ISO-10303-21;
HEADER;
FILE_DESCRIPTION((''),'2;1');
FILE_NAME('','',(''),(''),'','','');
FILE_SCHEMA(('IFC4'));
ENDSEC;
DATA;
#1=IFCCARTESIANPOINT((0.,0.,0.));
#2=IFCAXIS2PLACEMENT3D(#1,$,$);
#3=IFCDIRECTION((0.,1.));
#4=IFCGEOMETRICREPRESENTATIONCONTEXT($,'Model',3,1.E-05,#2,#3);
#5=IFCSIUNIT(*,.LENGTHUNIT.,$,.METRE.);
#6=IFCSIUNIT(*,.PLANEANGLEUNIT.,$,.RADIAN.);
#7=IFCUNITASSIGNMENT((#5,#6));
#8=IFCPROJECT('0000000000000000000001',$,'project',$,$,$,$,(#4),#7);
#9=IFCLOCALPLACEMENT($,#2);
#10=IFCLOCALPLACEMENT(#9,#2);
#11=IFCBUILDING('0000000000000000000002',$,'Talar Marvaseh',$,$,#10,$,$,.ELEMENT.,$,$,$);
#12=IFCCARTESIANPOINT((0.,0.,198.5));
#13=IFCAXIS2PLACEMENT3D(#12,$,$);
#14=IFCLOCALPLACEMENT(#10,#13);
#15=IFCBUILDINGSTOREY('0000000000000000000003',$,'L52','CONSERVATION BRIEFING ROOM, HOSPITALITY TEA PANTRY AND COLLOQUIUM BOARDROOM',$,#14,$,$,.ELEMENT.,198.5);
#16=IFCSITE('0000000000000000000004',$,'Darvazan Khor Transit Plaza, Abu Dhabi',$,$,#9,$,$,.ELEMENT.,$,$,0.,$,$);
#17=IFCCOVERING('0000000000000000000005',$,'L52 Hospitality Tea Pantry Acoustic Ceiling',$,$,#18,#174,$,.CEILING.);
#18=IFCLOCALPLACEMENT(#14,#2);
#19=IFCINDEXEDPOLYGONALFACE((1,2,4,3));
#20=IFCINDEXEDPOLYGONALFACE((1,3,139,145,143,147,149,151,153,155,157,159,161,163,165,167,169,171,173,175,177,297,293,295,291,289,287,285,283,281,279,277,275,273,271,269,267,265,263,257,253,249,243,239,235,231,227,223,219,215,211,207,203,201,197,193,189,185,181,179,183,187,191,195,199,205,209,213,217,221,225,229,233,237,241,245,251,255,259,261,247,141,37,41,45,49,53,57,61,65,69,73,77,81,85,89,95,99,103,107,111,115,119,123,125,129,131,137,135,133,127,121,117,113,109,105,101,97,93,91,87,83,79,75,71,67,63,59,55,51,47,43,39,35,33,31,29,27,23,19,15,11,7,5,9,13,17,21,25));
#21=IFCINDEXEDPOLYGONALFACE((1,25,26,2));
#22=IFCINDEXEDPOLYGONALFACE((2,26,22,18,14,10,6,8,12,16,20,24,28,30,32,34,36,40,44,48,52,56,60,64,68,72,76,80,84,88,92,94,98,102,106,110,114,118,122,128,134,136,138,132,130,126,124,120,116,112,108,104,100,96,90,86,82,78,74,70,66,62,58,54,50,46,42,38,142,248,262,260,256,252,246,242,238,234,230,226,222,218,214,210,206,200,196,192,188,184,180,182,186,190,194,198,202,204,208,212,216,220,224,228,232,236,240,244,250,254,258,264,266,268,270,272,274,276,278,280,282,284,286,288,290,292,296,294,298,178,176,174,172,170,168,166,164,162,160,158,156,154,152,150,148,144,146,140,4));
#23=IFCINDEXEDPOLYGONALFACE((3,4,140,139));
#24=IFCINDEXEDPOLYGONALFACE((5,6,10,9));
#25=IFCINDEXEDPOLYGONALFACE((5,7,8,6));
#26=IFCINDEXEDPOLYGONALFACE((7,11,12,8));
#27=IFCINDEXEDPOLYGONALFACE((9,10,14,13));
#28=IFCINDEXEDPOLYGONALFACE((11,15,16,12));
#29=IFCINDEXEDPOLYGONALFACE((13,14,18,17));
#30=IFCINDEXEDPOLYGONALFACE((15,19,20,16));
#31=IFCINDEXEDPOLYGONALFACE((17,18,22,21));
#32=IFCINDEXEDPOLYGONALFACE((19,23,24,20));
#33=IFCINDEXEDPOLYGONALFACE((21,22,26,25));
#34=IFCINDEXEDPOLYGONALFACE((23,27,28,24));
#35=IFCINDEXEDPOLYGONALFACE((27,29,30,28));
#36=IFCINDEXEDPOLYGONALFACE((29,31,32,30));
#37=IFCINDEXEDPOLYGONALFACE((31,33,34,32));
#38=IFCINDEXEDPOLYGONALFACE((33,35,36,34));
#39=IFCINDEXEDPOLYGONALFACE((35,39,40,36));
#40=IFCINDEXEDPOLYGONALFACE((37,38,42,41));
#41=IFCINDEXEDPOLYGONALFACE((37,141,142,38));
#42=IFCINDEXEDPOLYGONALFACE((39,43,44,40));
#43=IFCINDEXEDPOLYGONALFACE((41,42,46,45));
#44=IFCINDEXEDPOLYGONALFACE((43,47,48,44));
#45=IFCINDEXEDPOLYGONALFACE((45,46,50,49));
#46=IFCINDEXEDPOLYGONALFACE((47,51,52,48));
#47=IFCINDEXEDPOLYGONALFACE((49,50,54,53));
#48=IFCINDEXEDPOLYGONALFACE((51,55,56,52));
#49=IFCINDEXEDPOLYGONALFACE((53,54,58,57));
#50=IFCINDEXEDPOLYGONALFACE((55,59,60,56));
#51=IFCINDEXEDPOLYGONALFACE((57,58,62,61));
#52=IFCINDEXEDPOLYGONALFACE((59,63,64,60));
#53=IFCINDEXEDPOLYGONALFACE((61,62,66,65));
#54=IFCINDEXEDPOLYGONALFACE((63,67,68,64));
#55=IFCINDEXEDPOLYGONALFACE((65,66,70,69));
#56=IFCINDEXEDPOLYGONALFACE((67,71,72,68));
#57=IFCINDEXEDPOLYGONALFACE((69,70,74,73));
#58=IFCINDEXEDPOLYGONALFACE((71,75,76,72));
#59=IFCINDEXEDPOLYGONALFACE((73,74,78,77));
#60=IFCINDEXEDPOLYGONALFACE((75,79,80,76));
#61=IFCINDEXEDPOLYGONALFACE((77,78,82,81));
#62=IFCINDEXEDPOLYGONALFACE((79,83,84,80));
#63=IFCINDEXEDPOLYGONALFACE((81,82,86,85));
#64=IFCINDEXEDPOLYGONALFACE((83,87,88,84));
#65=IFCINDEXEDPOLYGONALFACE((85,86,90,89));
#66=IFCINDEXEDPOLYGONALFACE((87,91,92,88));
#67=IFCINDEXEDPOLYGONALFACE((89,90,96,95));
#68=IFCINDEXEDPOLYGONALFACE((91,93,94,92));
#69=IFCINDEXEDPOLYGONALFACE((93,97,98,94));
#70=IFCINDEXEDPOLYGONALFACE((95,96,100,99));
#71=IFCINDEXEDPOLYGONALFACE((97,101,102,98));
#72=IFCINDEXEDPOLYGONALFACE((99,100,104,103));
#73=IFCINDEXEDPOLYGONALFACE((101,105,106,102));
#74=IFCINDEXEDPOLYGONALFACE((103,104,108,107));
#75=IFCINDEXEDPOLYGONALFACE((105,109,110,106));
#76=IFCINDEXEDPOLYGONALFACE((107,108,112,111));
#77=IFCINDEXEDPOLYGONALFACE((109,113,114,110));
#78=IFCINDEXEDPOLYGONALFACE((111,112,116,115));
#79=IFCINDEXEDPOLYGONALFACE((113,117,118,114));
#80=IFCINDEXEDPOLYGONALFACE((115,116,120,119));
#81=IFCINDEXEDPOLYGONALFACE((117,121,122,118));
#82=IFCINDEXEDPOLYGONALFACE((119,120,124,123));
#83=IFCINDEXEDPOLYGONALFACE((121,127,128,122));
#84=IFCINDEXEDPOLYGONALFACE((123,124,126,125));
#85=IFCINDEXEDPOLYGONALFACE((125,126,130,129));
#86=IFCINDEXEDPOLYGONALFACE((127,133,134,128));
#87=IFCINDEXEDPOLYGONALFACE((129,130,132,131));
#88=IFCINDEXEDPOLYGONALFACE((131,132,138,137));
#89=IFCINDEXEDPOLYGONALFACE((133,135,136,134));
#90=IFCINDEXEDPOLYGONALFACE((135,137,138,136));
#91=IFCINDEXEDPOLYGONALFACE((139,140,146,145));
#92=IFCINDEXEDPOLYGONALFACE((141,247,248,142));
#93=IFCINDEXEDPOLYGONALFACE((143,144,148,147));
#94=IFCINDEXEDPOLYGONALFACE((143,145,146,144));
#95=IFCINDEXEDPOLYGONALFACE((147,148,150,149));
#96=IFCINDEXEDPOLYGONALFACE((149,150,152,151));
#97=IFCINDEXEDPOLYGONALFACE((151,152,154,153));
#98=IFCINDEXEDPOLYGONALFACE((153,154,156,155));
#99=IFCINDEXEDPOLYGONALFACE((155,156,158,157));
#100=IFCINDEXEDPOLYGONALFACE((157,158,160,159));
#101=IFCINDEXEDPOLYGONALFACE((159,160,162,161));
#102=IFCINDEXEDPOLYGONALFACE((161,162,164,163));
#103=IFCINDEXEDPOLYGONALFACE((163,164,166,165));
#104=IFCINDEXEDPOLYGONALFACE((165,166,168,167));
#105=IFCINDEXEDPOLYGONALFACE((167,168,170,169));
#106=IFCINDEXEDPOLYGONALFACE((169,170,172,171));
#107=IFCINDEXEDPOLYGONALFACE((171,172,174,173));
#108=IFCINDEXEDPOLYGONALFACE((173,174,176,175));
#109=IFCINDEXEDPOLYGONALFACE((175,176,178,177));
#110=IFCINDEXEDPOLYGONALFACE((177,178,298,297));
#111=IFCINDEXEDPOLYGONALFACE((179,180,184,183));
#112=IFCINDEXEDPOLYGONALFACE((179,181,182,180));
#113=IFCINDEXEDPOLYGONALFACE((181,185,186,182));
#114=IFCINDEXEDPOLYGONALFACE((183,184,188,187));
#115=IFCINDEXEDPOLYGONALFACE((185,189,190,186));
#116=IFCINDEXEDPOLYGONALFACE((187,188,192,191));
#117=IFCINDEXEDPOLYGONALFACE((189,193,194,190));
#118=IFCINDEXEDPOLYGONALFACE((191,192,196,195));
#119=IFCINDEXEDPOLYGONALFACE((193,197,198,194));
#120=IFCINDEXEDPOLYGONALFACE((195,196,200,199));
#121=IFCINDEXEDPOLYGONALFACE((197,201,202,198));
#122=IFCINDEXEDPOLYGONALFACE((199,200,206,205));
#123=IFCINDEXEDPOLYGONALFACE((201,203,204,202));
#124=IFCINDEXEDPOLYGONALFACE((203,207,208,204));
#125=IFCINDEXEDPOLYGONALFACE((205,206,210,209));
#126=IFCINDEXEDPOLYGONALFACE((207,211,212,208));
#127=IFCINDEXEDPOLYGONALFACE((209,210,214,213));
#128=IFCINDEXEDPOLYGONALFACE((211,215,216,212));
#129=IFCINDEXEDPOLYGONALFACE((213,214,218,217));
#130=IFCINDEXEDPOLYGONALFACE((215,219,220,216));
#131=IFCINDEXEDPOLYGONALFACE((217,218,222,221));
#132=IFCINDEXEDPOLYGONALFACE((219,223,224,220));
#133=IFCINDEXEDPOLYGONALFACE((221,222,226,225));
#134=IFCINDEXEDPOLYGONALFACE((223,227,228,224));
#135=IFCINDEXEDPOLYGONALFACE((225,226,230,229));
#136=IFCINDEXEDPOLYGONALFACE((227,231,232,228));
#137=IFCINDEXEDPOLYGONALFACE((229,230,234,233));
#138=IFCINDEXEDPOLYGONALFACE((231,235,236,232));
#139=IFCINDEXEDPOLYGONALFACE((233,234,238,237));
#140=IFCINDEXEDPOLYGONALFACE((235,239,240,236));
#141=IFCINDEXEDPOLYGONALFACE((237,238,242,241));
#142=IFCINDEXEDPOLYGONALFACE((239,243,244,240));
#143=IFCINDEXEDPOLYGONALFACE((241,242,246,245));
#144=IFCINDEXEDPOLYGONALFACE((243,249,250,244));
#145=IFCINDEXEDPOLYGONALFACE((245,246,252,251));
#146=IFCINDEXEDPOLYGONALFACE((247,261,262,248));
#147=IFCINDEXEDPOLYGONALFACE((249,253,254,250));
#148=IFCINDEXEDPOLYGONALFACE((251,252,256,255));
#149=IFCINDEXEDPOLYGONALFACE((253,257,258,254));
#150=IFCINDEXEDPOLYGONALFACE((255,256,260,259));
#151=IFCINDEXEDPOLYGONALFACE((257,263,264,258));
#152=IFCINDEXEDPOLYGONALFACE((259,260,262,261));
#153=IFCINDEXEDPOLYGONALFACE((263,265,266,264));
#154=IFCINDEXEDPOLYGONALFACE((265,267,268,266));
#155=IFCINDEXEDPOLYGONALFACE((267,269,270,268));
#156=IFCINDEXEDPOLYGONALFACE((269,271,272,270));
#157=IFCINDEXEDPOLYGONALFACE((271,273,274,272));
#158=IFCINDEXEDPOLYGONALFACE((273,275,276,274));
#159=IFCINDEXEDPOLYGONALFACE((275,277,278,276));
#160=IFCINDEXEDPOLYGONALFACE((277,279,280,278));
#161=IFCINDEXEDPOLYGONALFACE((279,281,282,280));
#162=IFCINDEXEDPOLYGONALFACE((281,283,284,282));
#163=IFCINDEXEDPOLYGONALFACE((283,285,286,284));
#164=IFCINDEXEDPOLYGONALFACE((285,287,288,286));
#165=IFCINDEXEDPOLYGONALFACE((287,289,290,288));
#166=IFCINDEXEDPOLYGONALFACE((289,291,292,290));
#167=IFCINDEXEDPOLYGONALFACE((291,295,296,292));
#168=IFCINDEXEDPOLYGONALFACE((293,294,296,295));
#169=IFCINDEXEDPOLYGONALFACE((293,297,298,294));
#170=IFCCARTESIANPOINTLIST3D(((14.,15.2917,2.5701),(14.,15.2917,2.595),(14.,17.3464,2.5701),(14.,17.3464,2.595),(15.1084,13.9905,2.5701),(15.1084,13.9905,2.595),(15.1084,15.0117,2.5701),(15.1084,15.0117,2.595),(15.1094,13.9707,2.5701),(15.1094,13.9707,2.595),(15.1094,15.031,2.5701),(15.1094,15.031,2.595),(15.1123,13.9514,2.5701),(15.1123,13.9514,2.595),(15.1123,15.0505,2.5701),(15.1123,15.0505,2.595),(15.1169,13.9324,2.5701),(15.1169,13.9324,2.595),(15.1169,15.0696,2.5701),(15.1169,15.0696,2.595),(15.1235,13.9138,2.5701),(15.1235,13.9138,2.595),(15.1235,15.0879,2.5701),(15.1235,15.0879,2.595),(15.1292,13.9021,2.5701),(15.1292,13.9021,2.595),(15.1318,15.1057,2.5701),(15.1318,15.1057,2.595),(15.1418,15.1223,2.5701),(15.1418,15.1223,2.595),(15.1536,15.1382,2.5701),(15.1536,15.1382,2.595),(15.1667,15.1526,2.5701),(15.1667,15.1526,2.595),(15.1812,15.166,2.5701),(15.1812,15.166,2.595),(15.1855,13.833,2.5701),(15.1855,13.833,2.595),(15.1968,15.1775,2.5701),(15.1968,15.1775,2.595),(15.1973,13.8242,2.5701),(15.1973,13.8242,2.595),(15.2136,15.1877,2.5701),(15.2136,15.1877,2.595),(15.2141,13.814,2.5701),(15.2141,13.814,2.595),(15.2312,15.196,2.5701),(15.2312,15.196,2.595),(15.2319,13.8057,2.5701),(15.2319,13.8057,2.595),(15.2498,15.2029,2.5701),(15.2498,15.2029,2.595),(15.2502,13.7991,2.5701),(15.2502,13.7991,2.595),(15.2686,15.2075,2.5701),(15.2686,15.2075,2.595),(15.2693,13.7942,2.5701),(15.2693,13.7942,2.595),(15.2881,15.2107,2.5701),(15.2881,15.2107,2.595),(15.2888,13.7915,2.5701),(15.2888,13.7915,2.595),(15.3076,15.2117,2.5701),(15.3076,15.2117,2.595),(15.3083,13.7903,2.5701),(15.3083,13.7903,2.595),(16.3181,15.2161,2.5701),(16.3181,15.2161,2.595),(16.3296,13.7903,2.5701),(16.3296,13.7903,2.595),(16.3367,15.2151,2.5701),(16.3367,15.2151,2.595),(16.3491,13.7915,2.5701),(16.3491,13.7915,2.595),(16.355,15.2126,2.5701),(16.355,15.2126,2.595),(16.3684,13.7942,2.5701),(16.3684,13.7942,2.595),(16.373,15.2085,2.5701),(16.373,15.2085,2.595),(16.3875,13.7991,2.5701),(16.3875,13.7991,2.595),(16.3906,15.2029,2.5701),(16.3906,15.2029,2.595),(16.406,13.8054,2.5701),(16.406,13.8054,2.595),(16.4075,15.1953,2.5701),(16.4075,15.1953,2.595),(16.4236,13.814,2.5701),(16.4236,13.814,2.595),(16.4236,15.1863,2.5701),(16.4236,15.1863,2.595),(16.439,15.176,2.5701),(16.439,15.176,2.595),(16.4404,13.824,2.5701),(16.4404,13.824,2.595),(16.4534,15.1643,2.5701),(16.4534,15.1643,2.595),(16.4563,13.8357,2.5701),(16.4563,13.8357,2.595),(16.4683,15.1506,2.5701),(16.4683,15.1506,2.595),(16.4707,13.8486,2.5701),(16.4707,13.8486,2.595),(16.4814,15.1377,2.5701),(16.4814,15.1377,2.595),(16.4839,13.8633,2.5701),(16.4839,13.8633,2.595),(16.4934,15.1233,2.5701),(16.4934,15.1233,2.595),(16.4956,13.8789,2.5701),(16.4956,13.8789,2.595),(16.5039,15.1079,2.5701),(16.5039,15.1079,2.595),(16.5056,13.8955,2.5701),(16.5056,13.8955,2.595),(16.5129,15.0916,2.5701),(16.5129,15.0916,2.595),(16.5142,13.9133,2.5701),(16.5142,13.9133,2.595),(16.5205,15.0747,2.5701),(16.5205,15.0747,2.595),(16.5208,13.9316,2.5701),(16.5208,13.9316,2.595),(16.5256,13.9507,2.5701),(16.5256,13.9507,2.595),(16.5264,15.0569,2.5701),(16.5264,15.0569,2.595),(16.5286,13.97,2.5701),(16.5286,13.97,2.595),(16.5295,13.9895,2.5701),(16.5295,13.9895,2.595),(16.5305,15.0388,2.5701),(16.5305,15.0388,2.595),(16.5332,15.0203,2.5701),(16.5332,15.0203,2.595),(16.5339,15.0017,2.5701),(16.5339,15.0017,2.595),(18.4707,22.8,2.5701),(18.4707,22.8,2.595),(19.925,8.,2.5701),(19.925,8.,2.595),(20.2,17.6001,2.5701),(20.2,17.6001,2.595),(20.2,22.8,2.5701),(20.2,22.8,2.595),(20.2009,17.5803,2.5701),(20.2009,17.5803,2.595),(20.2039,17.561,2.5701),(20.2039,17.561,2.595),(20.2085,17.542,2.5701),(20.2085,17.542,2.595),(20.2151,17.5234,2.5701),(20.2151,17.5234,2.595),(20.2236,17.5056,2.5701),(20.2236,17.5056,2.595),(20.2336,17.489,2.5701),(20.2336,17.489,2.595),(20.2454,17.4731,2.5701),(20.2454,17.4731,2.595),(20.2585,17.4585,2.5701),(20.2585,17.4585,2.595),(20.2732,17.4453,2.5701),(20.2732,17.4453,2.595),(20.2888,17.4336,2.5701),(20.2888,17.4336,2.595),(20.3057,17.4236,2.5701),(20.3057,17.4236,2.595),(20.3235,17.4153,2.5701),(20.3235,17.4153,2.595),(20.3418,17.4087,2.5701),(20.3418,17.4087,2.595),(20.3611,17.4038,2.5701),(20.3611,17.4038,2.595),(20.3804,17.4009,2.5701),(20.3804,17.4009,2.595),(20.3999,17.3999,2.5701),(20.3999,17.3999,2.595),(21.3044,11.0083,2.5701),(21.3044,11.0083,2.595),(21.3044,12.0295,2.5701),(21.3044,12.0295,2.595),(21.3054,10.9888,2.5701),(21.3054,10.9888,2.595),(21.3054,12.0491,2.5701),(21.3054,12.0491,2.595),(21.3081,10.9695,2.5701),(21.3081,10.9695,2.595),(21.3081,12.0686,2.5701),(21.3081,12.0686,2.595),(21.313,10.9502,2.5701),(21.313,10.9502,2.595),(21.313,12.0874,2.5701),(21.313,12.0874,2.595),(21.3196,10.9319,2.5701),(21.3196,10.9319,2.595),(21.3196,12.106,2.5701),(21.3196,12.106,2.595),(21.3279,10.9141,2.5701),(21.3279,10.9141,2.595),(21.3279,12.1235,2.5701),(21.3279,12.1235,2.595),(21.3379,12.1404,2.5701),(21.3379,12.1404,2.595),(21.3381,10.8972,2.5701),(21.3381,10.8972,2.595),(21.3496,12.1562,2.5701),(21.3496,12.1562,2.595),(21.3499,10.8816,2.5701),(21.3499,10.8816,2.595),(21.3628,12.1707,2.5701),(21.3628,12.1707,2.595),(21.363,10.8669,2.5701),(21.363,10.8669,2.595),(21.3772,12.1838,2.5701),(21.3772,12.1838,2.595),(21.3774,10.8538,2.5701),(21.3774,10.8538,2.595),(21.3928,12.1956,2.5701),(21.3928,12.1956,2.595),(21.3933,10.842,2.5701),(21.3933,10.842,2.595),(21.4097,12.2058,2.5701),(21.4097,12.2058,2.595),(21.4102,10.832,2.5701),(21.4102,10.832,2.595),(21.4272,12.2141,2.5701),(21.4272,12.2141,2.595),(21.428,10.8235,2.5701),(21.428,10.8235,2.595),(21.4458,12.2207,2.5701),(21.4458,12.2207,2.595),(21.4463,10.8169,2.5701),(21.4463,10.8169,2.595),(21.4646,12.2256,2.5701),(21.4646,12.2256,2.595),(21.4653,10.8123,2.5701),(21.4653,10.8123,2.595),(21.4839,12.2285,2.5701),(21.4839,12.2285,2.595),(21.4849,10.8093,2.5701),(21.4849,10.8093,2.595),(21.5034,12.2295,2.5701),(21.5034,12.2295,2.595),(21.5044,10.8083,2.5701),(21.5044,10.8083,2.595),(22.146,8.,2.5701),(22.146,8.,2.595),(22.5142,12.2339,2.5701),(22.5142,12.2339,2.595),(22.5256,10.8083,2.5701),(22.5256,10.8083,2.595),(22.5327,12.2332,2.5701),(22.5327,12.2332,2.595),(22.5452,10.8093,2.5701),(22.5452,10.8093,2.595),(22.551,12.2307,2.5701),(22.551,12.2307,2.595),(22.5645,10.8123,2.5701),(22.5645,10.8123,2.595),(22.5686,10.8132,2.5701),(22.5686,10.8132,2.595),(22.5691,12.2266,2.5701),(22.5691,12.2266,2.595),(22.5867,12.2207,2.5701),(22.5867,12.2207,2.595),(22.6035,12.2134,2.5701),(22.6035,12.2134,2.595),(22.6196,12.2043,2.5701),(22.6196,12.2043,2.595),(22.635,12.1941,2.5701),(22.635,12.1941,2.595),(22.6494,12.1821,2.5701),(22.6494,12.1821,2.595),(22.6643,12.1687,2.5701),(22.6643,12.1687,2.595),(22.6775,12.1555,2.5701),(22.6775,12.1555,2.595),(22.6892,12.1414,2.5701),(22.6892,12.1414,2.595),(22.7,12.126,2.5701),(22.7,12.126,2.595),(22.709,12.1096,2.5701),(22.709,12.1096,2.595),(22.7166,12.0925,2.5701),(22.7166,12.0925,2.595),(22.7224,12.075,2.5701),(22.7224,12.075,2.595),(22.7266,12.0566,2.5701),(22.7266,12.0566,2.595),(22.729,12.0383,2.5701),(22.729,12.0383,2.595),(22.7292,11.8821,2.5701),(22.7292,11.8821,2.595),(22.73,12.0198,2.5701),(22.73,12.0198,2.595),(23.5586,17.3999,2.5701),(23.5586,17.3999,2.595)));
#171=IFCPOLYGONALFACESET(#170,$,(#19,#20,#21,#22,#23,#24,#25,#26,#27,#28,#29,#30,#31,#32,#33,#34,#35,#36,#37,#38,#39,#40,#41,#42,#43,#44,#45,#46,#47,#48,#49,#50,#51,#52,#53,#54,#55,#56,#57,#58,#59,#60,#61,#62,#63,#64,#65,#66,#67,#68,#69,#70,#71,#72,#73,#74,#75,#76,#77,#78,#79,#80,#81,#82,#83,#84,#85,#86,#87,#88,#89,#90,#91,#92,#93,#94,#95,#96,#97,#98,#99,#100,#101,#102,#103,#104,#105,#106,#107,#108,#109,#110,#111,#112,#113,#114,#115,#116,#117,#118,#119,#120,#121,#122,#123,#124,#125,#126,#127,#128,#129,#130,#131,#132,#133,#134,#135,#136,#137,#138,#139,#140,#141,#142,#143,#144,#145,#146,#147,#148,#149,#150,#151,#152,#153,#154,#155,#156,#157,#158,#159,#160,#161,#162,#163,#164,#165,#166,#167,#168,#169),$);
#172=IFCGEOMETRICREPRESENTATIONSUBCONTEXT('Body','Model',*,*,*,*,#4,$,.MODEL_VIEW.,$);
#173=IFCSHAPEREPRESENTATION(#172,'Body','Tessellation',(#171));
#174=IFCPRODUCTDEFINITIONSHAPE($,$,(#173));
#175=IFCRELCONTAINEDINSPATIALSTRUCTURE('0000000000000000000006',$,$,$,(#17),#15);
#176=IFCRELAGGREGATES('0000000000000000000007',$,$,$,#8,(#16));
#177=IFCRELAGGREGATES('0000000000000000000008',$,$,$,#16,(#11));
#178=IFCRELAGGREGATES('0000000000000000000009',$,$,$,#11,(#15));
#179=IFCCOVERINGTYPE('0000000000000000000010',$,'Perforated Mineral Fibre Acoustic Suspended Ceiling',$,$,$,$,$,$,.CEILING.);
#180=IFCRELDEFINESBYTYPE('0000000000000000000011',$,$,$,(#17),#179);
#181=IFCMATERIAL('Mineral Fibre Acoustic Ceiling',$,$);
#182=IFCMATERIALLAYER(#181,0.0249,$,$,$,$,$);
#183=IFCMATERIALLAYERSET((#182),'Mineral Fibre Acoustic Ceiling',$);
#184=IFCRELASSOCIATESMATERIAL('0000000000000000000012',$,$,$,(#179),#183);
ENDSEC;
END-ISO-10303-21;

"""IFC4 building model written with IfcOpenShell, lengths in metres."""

from ifc_helpers import new_model, si_unit, direction, frame, origin, place, context, subcontext, project, spatial, polyline, outline, extrude, material, layer, layer_set, type_object, element, save


model = new_model("IFC4")

# Units and contexts
model_context = context("Model", 3, precision=1e-05, world=origin(), true_north=direction((0.0, 1.0)))
body_context = subcontext(model_context, "Body", "Model", "MODEL_VIEW")
ifc_project = project(units=[si_unit("LENGTHUNIT", "METRE"), si_unit("PLANEANGLEUNIT", "RADIAN")], contexts=[model_context])

# Site, building, storey
site_placement = place(None, origin())
site = spatial("IfcSite", under=ifc_project, at=site_placement, Name="Darvazan Khor Transit Plaza, Abu Dhabi", CompositionType="ELEMENT", RefElevation=0.0)
building_placement = place(site_placement, origin())
building = spatial("IfcBuilding", under=site, at=building_placement, Name="Talar Marvaseh", CompositionType="ELEMENT")
storey_placement = place(building_placement, frame((0.0, 0.0, 198.5)))
storey = spatial("IfcBuildingStorey", under=building, at=storey_placement, Name="L52", Description="CONSERVATION BRIEFING ROOM, HOSPITALITY TEA PANTRY AND COLLOQUIUM BOARDROOM", CompositionType="ELEMENT", Elevation=198.5)

# Covering
ifc_material_1 = material(Name="Mineral Fibre Acoustic Ceiling")
ifc_layer_1 = layer(ifc_material_1, 0.0249)
ifc_layer_set_1 = layer_set([ifc_layer_1], Name="Mineral Fibre Acoustic Ceiling")
covering_type_1 = type_object("IfcCoveringType", Name="Perforated Mineral Fibre Acoustic Suspended Ceiling", PredefinedType="CEILING", material=ifc_layer_set_1)
covering_1_placement = place(storey_placement, frame((0.0, 0.0, 2.5701)))
element("IfcCovering", 1, at=covering_1_placement, inside=storey, type_object=covering_type_1, Name="L52 Hospitality Tea Pantry Acoustic Ceiling", PredefinedType="CEILING", context=body_context, shape_type="SweptSolid", body=[
    extrude(outline(polyline([(14.0, 17.3464), (18.4707, 22.8), (20.2, 22.8), (20.2, 17.6001), (20.2009, 17.5803), (20.2039, 17.561), (20.2085, 17.542), (20.2151, 17.5234), (20.2236, 17.5056), (20.2336, 17.489), (20.2454, 17.4731), (20.2585, 17.4585), (20.2732, 17.4453), (20.2888, 17.4336), (20.3057, 17.4236), (20.3235, 17.4153), (20.3418, 17.4087), (20.3611, 17.4038), (20.3804, 17.4009), (20.3999, 17.3999), (23.5586, 17.3999), (22.7292, 11.8821), (22.73, 12.0198), (22.729, 12.0383), (22.7266, 12.0566), (22.7224, 12.075), (22.7166, 12.0925), (22.709, 12.1096), (22.7, 12.126), (22.6892, 12.1414), (22.6775, 12.1555), (22.6643, 12.1687), (22.6494, 12.1821), (22.635, 12.1941), (22.6196, 12.2043), (22.6035, 12.2134), (22.5867, 12.2207), (22.5691, 12.2266), (22.551, 12.2307), (22.5327, 12.2332), (22.5142, 12.2339), (21.5034, 12.2295), (21.4839, 12.2285), (21.4646, 12.2256), (21.4458, 12.2207), (21.4272, 12.2141), (21.4097, 12.2058), (21.3928, 12.1956), (21.3772, 12.1838), (21.3628, 12.1707), (21.3496, 12.1562), (21.3379, 12.1404), (21.3279, 12.1235), (21.3196, 12.106), (21.313, 12.0874), (21.3081, 12.0686), (21.3054, 12.0491), (21.3044, 12.0295), (21.3044, 11.0083), (21.3054, 10.9888), (21.3081, 10.9695), (21.313, 10.9502), (21.3196, 10.9319), (21.3279, 10.9141), (21.3381, 10.8972), (21.3499, 10.8816), (21.363, 10.8669), (21.3774, 10.8538), (21.3933, 10.842), (21.4102, 10.832), (21.428, 10.8235), (21.4463, 10.8169), (21.4653, 10.8123), (21.4849, 10.8093), (21.5044, 10.8083), (22.5256, 10.8083), (22.5452, 10.8093), (22.5645, 10.8123), (22.5686, 10.8132), (22.146, 8.0), (19.925, 8.0), (15.1855, 13.833), (15.1973, 13.8242), (15.2141, 13.814), (15.2319, 13.8057), (15.2502, 13.7991), (15.2693, 13.7942), (15.2888, 13.7915), (15.3083, 13.7903), (16.3296, 13.7903), (16.3491, 13.7915), (16.3684, 13.7942), (16.3875, 13.7991), (16.406, 13.8054), (16.4236, 13.814), (16.4404, 13.824), (16.4563, 13.8357), (16.4707, 13.8486), (16.4839, 13.8633), (16.4956, 13.8789), (16.5056, 13.8955), (16.5142, 13.9133), (16.5208, 13.9316), (16.5256, 13.9507), (16.5286, 13.97), (16.5295, 13.9895), (16.5339, 15.0017), (16.5332, 15.0203), (16.5305, 15.0388), (16.5264, 15.0569), (16.5205, 15.0747), (16.5129, 15.0916), (16.5039, 15.1079), (16.4934, 15.1233), (16.4814, 15.1377), (16.4683, 15.1506), (16.4534, 15.1643), (16.439, 15.176), (16.4236, 15.1863), (16.4075, 15.1953), (16.3906, 15.2029), (16.373, 15.2085), (16.355, 15.2126), (16.3367, 15.2151), (16.3181, 15.2161), (15.3076, 15.2117), (15.2881, 15.2107), (15.2686, 15.2075), (15.2498, 15.2029), (15.2312, 15.196), (15.2136, 15.1877), (15.1968, 15.1775), (15.1812, 15.166), (15.1667, 15.1526), (15.1536, 15.1382), (15.1418, 15.1223), (15.1318, 15.1057), (15.1235, 15.0879), (15.1169, 15.0696), (15.1123, 15.0505), (15.1094, 15.031), (15.1084, 15.0117), (15.1084, 13.9905), (15.1094, 13.9707), (15.1123, 13.9514), (15.1169, 13.9324), (15.1235, 13.9138), (15.1292, 13.9021), (14.0, 15.2917), (14.0, 17.3464)])), origin(), (0.0, 0.0, 1.0), 0.0249),
])

save(model, "model.ifc")
